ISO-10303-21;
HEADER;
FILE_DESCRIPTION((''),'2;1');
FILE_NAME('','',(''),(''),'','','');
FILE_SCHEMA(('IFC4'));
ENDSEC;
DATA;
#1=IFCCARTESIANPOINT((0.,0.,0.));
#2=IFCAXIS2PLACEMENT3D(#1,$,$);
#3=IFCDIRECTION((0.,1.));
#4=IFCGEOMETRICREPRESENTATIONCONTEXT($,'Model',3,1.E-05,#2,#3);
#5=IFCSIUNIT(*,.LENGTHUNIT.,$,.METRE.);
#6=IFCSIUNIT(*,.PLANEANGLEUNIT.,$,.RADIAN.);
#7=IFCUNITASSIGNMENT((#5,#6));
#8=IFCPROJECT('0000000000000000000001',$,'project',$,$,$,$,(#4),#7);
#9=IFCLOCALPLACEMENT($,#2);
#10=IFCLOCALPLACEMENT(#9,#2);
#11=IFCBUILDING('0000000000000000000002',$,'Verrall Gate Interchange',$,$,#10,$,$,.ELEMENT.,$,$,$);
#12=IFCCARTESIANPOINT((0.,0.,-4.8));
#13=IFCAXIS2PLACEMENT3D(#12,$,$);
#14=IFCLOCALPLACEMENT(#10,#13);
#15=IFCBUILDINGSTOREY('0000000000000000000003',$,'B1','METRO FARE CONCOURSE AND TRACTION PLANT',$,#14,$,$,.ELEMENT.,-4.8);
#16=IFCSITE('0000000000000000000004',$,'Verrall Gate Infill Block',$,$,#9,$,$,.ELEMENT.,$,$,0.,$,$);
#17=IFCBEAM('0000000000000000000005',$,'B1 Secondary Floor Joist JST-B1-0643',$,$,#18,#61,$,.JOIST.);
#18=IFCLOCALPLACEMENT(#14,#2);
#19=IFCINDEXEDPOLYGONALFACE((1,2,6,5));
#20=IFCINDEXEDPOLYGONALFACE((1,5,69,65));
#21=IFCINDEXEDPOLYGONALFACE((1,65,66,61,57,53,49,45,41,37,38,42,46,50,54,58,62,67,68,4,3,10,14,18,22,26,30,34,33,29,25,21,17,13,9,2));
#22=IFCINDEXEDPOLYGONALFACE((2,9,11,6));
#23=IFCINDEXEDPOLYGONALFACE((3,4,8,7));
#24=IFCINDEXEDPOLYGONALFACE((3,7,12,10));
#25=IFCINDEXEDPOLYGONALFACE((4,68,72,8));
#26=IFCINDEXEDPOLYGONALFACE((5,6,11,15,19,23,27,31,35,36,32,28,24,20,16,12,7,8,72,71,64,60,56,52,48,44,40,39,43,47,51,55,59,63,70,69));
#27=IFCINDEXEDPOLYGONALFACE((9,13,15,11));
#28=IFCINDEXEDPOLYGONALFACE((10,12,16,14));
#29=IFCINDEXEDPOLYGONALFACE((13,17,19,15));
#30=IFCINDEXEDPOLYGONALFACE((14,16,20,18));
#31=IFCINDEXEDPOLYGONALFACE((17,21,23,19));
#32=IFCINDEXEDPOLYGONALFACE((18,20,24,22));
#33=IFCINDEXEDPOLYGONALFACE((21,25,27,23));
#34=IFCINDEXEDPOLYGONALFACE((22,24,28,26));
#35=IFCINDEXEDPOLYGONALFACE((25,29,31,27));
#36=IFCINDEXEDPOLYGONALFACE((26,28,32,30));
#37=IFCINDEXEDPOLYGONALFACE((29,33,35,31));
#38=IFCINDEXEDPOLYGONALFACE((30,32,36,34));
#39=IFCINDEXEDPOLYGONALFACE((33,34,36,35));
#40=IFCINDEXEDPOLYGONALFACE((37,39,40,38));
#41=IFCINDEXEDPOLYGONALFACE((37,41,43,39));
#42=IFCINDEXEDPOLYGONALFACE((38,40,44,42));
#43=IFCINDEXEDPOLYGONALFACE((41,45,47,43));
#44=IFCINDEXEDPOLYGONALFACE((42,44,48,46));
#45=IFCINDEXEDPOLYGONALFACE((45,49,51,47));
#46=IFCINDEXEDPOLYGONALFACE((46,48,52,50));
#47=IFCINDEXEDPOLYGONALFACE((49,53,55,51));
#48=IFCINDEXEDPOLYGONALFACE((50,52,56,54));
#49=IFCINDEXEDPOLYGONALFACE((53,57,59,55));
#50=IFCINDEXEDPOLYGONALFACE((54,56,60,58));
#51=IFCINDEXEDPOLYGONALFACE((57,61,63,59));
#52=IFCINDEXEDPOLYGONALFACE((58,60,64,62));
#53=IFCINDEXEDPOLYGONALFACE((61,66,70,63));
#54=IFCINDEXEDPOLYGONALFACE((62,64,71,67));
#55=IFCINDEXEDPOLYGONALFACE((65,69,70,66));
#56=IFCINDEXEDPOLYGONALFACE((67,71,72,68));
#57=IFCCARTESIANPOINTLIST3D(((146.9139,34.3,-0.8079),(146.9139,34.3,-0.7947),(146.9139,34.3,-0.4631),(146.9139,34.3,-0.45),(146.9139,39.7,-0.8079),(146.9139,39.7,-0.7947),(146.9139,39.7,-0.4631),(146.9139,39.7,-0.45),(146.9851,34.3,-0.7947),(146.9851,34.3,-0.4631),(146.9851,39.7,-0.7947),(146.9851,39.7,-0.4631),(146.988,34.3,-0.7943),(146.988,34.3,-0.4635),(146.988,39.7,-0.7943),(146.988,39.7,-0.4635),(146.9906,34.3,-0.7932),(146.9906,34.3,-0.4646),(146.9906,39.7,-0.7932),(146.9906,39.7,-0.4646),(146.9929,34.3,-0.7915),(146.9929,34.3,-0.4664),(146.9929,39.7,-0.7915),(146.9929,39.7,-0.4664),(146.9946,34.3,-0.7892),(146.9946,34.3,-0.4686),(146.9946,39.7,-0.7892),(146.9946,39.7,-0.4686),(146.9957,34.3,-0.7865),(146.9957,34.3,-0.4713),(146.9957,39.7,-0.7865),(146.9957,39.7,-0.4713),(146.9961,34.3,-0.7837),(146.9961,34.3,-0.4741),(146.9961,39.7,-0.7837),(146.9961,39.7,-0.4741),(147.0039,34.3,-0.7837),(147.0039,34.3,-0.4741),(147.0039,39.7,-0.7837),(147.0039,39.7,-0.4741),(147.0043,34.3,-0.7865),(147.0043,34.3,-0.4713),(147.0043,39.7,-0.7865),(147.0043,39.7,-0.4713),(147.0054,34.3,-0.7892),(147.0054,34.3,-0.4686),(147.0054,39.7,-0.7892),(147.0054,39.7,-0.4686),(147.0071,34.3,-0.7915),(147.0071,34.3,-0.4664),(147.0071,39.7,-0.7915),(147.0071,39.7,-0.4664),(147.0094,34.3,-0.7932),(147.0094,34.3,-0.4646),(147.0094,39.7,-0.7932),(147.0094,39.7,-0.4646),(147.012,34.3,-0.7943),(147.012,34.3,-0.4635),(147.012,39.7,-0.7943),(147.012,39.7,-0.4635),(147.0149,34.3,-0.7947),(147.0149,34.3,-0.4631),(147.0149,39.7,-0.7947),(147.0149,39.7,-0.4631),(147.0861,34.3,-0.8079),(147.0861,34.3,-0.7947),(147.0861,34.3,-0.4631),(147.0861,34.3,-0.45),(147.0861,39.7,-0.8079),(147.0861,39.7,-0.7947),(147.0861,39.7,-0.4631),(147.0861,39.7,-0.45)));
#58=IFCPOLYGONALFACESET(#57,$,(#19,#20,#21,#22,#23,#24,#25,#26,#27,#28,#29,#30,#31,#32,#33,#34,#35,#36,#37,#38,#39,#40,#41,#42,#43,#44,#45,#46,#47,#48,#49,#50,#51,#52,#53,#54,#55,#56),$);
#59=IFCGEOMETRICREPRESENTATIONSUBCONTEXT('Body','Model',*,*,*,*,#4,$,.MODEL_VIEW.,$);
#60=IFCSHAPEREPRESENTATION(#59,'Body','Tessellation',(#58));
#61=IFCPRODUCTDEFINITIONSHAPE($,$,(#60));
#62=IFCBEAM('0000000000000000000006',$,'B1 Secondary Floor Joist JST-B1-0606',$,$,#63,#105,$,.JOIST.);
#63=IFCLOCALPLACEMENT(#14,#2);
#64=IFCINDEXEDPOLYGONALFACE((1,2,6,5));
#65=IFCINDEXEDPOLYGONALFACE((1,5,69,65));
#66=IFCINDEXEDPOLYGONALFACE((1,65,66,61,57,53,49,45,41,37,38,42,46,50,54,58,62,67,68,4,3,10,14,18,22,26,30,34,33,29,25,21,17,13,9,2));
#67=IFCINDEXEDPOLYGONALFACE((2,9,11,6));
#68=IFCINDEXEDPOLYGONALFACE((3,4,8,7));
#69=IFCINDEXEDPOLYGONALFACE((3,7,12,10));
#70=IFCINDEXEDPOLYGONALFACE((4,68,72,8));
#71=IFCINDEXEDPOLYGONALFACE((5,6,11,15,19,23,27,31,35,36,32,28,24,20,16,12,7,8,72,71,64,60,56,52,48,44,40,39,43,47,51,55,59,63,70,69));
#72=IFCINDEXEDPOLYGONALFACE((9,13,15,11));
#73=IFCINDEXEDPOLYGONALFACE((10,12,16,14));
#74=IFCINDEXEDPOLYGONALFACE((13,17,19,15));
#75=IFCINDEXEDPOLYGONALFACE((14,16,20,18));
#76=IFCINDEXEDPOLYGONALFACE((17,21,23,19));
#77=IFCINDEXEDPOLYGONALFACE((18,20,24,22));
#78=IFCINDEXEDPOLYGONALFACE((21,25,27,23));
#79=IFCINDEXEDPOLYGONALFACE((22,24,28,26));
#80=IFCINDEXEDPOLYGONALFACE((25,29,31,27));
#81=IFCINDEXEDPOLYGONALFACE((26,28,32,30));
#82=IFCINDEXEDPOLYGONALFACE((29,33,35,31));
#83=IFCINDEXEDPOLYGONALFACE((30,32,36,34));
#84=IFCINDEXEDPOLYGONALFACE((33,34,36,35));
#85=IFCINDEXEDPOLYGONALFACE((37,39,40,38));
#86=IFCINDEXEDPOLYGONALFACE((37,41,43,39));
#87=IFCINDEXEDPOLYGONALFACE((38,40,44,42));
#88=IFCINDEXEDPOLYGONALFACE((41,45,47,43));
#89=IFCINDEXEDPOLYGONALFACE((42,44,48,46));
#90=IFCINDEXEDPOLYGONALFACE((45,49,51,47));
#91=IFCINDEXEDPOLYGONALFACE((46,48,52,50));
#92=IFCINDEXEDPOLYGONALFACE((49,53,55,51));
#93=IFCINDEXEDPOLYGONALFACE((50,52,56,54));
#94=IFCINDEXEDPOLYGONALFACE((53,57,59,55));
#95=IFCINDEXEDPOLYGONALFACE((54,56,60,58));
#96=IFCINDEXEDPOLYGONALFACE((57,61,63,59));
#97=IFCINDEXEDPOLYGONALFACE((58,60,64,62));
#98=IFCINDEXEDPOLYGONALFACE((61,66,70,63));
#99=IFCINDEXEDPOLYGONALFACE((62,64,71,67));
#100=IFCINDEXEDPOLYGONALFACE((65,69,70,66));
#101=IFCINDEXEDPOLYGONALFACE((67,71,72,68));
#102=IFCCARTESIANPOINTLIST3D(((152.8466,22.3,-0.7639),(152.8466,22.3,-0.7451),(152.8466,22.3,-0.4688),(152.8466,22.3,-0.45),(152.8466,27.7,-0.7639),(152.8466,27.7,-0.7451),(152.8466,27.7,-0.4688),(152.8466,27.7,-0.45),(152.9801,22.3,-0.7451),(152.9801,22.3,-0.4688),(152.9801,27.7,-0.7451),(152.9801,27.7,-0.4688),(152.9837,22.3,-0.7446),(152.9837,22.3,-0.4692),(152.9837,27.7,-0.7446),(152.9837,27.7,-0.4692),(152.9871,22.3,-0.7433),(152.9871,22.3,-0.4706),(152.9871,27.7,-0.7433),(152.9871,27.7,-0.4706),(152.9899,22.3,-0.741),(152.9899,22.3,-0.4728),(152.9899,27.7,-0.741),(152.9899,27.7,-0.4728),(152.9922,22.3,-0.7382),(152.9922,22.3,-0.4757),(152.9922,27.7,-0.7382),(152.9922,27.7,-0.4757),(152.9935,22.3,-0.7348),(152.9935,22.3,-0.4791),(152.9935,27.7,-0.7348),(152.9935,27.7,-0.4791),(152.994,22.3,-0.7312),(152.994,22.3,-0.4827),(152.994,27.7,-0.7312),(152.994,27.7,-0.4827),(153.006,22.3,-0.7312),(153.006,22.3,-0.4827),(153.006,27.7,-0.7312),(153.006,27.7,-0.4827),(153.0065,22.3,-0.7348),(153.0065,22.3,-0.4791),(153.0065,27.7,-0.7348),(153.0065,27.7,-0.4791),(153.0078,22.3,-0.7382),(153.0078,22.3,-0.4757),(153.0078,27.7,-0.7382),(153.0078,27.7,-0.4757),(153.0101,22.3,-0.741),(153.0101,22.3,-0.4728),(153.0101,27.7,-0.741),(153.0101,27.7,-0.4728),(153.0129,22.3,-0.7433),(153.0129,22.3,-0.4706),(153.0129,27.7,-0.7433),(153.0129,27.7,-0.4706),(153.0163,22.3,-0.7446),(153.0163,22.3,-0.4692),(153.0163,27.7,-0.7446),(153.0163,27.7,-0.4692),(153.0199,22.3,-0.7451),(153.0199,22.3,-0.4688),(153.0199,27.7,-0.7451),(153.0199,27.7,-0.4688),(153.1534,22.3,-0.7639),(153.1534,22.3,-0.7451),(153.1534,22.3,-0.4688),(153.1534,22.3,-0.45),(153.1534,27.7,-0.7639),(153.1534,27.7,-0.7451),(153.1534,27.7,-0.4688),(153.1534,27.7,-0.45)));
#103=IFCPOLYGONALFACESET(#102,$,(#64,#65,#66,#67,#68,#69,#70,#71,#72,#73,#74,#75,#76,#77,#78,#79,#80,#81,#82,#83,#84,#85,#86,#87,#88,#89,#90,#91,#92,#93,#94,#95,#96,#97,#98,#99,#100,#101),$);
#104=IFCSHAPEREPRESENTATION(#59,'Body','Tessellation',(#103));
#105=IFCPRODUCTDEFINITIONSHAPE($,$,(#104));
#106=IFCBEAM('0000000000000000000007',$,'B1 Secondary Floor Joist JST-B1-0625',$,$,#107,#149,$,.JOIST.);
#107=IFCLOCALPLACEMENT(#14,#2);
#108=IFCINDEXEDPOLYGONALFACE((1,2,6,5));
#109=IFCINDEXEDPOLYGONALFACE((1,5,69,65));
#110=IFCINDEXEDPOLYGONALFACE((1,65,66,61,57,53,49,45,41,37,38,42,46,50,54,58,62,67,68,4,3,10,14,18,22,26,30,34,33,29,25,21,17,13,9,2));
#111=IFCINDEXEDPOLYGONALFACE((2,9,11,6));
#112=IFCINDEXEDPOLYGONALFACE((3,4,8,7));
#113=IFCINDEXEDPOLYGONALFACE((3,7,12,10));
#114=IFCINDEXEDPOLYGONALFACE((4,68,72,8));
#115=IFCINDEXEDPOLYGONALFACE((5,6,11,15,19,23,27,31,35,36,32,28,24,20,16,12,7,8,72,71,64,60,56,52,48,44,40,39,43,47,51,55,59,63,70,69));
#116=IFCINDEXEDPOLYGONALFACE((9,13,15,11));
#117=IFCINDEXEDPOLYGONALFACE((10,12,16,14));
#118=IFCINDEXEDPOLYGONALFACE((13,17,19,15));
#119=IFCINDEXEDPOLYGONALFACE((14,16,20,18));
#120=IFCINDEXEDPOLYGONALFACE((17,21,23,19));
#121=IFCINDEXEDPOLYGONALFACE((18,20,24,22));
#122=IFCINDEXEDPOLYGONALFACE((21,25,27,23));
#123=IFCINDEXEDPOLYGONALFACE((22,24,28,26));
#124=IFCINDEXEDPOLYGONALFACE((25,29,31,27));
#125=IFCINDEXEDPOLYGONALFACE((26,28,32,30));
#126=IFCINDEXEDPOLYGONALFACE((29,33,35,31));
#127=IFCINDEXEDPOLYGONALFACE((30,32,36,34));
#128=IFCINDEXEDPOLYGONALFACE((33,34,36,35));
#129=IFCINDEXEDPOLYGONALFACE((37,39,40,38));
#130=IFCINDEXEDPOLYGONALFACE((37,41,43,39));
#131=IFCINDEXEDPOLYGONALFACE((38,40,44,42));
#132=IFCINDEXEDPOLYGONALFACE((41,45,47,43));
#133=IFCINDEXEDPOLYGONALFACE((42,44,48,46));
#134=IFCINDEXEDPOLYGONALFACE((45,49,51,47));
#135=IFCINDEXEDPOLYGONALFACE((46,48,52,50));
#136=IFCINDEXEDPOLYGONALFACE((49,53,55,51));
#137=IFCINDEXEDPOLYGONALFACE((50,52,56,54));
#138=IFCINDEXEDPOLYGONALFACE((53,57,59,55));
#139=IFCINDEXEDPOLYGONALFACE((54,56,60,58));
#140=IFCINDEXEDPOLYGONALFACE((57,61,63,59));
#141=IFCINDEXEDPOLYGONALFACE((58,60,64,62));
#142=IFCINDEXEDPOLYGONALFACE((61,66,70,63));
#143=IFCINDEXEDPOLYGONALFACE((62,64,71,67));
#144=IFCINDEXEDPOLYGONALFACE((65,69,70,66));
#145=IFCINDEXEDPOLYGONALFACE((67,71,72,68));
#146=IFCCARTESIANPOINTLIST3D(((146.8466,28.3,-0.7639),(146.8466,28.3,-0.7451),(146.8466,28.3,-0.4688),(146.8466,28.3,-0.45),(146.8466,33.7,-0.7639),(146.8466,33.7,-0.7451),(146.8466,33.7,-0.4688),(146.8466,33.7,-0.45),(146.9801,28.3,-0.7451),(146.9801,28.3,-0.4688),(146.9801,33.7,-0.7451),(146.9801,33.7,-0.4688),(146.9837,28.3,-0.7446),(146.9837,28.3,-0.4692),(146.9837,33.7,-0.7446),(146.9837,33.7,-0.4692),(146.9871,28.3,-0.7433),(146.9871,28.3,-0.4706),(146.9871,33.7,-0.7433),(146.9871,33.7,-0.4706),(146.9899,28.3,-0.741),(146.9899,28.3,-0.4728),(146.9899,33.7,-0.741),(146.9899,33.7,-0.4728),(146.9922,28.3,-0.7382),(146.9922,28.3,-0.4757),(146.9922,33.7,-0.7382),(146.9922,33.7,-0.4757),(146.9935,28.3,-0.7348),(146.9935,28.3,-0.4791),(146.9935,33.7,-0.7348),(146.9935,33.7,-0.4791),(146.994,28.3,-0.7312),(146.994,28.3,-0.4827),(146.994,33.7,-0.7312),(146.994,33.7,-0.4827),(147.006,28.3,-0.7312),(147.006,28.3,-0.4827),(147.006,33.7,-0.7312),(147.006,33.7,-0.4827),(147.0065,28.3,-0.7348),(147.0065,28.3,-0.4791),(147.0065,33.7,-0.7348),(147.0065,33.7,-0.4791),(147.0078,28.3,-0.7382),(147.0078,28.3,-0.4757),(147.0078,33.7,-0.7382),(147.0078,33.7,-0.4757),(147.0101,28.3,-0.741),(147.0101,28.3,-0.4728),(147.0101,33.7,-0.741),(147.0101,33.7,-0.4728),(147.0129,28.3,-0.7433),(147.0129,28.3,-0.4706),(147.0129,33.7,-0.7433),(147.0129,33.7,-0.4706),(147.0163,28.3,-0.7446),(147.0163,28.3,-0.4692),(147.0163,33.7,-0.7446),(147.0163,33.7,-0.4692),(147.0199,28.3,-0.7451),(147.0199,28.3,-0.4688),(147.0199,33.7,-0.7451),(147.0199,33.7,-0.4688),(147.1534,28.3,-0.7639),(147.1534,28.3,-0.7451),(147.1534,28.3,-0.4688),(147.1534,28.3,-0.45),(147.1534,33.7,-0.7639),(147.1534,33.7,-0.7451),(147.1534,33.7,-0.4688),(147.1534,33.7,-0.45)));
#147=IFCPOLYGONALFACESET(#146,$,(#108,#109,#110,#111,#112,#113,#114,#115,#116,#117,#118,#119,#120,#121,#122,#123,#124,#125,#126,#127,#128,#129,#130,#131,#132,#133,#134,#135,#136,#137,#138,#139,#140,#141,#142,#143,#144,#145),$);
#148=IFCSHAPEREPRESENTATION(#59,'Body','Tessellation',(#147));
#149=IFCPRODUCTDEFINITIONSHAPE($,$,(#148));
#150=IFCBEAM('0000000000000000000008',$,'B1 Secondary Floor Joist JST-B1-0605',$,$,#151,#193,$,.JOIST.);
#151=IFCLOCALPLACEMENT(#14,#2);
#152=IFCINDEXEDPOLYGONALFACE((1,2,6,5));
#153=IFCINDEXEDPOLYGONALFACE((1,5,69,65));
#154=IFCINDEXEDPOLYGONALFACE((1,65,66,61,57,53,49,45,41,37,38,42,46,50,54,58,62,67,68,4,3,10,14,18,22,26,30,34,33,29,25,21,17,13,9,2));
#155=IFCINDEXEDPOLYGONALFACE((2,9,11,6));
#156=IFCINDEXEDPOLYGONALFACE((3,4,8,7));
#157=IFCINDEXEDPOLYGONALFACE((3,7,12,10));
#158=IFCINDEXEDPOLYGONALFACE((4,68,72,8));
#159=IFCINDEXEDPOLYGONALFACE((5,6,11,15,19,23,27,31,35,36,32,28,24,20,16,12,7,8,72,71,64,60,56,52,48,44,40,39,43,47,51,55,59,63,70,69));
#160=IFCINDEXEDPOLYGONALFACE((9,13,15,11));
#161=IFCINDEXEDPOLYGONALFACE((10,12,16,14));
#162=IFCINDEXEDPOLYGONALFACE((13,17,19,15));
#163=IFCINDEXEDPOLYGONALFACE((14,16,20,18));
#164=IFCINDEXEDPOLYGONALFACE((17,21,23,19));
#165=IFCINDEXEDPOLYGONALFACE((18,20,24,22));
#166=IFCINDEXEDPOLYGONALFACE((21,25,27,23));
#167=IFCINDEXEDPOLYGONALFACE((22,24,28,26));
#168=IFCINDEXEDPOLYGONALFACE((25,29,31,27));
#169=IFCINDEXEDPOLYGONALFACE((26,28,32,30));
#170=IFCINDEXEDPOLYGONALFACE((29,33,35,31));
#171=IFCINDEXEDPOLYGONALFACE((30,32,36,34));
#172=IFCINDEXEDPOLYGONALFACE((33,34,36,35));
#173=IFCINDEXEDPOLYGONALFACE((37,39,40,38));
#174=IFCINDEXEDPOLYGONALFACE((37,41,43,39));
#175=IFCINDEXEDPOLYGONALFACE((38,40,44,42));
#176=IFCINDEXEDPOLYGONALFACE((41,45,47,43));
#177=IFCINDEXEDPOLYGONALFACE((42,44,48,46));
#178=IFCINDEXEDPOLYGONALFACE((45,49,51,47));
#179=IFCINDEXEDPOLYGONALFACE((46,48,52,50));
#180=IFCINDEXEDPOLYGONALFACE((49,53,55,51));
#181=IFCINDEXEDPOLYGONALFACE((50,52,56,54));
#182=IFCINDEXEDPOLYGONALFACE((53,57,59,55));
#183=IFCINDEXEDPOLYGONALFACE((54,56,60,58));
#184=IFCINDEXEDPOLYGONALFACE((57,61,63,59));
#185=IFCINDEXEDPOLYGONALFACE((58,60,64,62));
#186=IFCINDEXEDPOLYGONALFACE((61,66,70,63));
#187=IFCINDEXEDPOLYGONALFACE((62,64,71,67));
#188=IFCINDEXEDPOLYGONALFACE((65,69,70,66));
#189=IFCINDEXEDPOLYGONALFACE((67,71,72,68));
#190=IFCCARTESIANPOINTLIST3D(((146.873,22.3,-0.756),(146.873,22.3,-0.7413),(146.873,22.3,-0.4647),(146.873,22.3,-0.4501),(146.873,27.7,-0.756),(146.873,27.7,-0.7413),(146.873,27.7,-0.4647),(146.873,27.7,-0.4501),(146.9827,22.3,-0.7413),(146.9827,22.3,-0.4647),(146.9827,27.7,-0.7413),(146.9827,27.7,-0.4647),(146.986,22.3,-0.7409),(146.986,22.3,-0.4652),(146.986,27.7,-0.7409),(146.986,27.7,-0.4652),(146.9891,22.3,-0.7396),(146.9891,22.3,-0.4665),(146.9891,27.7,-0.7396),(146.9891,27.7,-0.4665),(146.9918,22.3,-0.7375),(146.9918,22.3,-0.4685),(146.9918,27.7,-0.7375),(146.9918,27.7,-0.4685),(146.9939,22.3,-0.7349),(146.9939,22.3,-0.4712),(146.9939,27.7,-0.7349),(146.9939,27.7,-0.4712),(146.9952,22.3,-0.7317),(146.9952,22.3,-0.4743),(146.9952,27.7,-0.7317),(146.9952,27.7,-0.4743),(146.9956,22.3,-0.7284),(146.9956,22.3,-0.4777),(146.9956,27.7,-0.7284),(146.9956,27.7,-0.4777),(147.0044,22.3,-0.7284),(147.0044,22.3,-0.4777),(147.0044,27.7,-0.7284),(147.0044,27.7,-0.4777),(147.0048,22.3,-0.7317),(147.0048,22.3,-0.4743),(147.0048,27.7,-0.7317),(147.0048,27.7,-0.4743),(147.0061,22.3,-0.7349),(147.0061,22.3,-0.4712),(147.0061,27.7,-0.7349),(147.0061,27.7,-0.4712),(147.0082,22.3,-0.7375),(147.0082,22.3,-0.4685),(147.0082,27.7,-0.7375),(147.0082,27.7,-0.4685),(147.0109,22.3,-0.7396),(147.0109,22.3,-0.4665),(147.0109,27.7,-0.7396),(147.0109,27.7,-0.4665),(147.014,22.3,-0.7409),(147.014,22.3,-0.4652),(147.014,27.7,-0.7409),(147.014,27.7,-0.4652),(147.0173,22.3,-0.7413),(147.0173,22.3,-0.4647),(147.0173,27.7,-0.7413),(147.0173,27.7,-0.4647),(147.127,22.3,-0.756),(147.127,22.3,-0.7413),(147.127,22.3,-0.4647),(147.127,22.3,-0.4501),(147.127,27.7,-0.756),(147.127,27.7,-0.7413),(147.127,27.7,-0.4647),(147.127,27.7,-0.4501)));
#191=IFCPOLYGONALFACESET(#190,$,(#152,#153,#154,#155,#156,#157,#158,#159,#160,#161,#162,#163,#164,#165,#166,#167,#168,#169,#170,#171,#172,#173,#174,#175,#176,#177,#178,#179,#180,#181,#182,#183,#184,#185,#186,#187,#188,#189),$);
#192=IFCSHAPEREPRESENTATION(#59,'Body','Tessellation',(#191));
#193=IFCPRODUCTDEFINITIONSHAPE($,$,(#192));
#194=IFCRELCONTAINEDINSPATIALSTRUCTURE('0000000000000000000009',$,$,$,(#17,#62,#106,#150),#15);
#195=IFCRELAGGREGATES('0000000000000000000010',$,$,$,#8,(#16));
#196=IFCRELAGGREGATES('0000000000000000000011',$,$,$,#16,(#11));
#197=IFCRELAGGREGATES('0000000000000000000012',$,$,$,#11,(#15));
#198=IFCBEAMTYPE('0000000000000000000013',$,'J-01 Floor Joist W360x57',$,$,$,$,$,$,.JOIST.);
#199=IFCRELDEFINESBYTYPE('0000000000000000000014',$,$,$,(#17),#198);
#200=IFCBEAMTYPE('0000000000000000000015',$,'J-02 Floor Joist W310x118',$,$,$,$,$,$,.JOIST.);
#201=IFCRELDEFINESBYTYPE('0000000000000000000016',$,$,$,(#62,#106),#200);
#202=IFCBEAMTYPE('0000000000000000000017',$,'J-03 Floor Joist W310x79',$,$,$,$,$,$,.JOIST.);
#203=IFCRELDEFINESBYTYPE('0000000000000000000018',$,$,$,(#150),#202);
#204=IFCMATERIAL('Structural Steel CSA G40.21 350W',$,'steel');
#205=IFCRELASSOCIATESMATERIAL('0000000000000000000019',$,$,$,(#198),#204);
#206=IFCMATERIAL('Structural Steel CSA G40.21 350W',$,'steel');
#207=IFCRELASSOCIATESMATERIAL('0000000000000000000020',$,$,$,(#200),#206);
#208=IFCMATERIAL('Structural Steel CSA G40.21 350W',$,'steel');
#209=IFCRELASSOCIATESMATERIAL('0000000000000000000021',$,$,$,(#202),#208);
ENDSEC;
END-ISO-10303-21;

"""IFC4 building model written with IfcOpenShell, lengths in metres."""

from ifc_helpers import new_model, si_unit, direction, frame, origin, origin_2d, place, context, subcontext, project, spatial, i_section, extrude, material, material_profile, profile_set, type_object, element, save


model = new_model("IFC4")

# Units and contexts
model_context = context("Model", 3, precision=1e-05, world=origin(), true_north=direction((0.0, 1.0)))
body_context = subcontext(model_context, "Body", "Model", "MODEL_VIEW")
ifc_project = project(units=[si_unit("LENGTHUNIT", "METRE"), si_unit("PLANEANGLEUNIT", "RADIAN")], contexts=[model_context])

# Site, building, storey
site_placement = place(None, origin())
site = spatial("IfcSite", under=ifc_project, at=site_placement, Name="Verrall Gate Infill Block", CompositionType="ELEMENT", RefElevation=0.0)
building_placement = place(site_placement, origin())
building = spatial("IfcBuilding", under=site, at=building_placement, Name="Verrall Gate Interchange", CompositionType="ELEMENT")
storey_placement = place(building_placement, frame((0.0, 0.0, -4.8)))
storey = spatial("IfcBuildingStorey", under=building, at=storey_placement, Name="B1", Description="METRO FARE CONCOURSE AND TRACTION PLANT", CompositionType="ELEMENT", Elevation=-4.8)

# Beams
ifc_material_1 = material(Name="Structural Steel CSA G40.21 350W", Category="steel")
ifc_material_profile_1 = material_profile(ifc_material_1, i_section(OverallWidth=0.1721, OverallDepth=0.3579, WebThickness=0.0078, FlangeThickness=0.0132, FilletRadius=0.011, at=origin_2d()), Name="W360x57")
ifc_profile_set_1 = profile_set([ifc_material_profile_1], Name="Structural Steel CSA G40.21 350W")
beam_type_1 = type_object("IfcBeamType", Name="J-01 Floor Joist W360x57", PredefinedType="JOIST", material=ifc_profile_set_1)
beam_1_placement = place(storey_placement, frame((147.0, 34.3, -0.6289), z_axis=(0.0, 1.0, 0.0), x_axis=(-1.0, 0.0, 0.0)))
element("IfcBeam", 1, at=beam_1_placement, inside=storey, type_object=beam_type_1, Name="B1 Secondary Floor Joist JST-B1-0643", PredefinedType="JOIST", context=body_context, shape_type="SweptSolid", body=[
    extrude(i_section(OverallWidth=0.1721, OverallDepth=0.3579, WebThickness=0.0078, FlangeThickness=0.0132, FilletRadius=0.011, at=origin_2d()), origin(), (0.0, 0.0, 1.0), 5.3999),
])
ifc_material_2 = material(Name="Structural Steel CSA G40.21 350W", Category="steel")
ifc_material_profile_2 = material_profile(ifc_material_2, i_section(OverallWidth=0.3069, OverallDepth=0.314, WebThickness=0.012, FlangeThickness=0.0188, FilletRadius=0.0139, at=origin_2d()), Name="W310x118")
ifc_profile_set_2 = profile_set([ifc_material_profile_2], Name="Structural Steel CSA G40.21 350W")
beam_type_2 = type_object("IfcBeamType", Name="J-02 Floor Joist W310x118", PredefinedType="JOIST", material=ifc_profile_set_2)
for number, where, z_axis, x_axis, name in (
    (2, (153.0, 22.3, -0.6069), (0.0, 1.0, 0.0), (-1.0, 0.0, 0.0), "B1 Secondary Floor Joist JST-B1-0606"),
    (3, (147.0, 28.3, -0.6069), (0.0, 1.0, 0.0), (-1.0, 0.0, 0.0), "B1 Secondary Floor Joist JST-B1-0625"),
):
    element("IfcBeam", number, at=place(storey_placement, frame(where, z_axis=z_axis, x_axis=x_axis)), inside=storey, type_object=beam_type_2, Name=name, PredefinedType="JOIST", context=body_context, shape_type="SweptSolid", body=[
        extrude(i_section(OverallWidth=0.3069, OverallDepth=0.314, WebThickness=0.012, FlangeThickness=0.0188, FilletRadius=0.0139, at=origin_2d()), origin(), (0.0, 0.0, 1.0), 5.3999),
    ])
ifc_material_3 = material(Name="Structural Steel CSA G40.21 350W", Category="steel")
ifc_material_profile_3 = material_profile(ifc_material_3, i_section(OverallWidth=0.2539, OverallDepth=0.3059, WebThickness=0.0088, FlangeThickness=0.0146, FilletRadius=0.0129, at=origin_2d()), Name="W310x79")
ifc_profile_set_3 = profile_set([ifc_material_profile_3], Name="Structural Steel CSA G40.21 350W")
beam_type_3 = type_object("IfcBeamType", Name="J-03 Floor Joist W310x79", PredefinedType="JOIST", material=ifc_profile_set_3)
beam_2_placement = place(storey_placement, frame((147.0, 22.3, -0.603), z_axis=(0.0, 1.0, 0.0), x_axis=(-1.0, 0.0, 0.0)))
element("IfcBeam", 4, at=beam_2_placement, inside=storey, type_object=beam_type_3, Name="B1 Secondary Floor Joist JST-B1-0605", PredefinedType="JOIST", context=body_context, shape_type="SweptSolid", body=[
    extrude(i_section(OverallWidth=0.2539, OverallDepth=0.3059, WebThickness=0.0088, FlangeThickness=0.0146, FilletRadius=0.0129, at=origin_2d()), origin(), (0.0, 0.0, 1.0), 5.3999),
])

save(model, "model.ifc")
